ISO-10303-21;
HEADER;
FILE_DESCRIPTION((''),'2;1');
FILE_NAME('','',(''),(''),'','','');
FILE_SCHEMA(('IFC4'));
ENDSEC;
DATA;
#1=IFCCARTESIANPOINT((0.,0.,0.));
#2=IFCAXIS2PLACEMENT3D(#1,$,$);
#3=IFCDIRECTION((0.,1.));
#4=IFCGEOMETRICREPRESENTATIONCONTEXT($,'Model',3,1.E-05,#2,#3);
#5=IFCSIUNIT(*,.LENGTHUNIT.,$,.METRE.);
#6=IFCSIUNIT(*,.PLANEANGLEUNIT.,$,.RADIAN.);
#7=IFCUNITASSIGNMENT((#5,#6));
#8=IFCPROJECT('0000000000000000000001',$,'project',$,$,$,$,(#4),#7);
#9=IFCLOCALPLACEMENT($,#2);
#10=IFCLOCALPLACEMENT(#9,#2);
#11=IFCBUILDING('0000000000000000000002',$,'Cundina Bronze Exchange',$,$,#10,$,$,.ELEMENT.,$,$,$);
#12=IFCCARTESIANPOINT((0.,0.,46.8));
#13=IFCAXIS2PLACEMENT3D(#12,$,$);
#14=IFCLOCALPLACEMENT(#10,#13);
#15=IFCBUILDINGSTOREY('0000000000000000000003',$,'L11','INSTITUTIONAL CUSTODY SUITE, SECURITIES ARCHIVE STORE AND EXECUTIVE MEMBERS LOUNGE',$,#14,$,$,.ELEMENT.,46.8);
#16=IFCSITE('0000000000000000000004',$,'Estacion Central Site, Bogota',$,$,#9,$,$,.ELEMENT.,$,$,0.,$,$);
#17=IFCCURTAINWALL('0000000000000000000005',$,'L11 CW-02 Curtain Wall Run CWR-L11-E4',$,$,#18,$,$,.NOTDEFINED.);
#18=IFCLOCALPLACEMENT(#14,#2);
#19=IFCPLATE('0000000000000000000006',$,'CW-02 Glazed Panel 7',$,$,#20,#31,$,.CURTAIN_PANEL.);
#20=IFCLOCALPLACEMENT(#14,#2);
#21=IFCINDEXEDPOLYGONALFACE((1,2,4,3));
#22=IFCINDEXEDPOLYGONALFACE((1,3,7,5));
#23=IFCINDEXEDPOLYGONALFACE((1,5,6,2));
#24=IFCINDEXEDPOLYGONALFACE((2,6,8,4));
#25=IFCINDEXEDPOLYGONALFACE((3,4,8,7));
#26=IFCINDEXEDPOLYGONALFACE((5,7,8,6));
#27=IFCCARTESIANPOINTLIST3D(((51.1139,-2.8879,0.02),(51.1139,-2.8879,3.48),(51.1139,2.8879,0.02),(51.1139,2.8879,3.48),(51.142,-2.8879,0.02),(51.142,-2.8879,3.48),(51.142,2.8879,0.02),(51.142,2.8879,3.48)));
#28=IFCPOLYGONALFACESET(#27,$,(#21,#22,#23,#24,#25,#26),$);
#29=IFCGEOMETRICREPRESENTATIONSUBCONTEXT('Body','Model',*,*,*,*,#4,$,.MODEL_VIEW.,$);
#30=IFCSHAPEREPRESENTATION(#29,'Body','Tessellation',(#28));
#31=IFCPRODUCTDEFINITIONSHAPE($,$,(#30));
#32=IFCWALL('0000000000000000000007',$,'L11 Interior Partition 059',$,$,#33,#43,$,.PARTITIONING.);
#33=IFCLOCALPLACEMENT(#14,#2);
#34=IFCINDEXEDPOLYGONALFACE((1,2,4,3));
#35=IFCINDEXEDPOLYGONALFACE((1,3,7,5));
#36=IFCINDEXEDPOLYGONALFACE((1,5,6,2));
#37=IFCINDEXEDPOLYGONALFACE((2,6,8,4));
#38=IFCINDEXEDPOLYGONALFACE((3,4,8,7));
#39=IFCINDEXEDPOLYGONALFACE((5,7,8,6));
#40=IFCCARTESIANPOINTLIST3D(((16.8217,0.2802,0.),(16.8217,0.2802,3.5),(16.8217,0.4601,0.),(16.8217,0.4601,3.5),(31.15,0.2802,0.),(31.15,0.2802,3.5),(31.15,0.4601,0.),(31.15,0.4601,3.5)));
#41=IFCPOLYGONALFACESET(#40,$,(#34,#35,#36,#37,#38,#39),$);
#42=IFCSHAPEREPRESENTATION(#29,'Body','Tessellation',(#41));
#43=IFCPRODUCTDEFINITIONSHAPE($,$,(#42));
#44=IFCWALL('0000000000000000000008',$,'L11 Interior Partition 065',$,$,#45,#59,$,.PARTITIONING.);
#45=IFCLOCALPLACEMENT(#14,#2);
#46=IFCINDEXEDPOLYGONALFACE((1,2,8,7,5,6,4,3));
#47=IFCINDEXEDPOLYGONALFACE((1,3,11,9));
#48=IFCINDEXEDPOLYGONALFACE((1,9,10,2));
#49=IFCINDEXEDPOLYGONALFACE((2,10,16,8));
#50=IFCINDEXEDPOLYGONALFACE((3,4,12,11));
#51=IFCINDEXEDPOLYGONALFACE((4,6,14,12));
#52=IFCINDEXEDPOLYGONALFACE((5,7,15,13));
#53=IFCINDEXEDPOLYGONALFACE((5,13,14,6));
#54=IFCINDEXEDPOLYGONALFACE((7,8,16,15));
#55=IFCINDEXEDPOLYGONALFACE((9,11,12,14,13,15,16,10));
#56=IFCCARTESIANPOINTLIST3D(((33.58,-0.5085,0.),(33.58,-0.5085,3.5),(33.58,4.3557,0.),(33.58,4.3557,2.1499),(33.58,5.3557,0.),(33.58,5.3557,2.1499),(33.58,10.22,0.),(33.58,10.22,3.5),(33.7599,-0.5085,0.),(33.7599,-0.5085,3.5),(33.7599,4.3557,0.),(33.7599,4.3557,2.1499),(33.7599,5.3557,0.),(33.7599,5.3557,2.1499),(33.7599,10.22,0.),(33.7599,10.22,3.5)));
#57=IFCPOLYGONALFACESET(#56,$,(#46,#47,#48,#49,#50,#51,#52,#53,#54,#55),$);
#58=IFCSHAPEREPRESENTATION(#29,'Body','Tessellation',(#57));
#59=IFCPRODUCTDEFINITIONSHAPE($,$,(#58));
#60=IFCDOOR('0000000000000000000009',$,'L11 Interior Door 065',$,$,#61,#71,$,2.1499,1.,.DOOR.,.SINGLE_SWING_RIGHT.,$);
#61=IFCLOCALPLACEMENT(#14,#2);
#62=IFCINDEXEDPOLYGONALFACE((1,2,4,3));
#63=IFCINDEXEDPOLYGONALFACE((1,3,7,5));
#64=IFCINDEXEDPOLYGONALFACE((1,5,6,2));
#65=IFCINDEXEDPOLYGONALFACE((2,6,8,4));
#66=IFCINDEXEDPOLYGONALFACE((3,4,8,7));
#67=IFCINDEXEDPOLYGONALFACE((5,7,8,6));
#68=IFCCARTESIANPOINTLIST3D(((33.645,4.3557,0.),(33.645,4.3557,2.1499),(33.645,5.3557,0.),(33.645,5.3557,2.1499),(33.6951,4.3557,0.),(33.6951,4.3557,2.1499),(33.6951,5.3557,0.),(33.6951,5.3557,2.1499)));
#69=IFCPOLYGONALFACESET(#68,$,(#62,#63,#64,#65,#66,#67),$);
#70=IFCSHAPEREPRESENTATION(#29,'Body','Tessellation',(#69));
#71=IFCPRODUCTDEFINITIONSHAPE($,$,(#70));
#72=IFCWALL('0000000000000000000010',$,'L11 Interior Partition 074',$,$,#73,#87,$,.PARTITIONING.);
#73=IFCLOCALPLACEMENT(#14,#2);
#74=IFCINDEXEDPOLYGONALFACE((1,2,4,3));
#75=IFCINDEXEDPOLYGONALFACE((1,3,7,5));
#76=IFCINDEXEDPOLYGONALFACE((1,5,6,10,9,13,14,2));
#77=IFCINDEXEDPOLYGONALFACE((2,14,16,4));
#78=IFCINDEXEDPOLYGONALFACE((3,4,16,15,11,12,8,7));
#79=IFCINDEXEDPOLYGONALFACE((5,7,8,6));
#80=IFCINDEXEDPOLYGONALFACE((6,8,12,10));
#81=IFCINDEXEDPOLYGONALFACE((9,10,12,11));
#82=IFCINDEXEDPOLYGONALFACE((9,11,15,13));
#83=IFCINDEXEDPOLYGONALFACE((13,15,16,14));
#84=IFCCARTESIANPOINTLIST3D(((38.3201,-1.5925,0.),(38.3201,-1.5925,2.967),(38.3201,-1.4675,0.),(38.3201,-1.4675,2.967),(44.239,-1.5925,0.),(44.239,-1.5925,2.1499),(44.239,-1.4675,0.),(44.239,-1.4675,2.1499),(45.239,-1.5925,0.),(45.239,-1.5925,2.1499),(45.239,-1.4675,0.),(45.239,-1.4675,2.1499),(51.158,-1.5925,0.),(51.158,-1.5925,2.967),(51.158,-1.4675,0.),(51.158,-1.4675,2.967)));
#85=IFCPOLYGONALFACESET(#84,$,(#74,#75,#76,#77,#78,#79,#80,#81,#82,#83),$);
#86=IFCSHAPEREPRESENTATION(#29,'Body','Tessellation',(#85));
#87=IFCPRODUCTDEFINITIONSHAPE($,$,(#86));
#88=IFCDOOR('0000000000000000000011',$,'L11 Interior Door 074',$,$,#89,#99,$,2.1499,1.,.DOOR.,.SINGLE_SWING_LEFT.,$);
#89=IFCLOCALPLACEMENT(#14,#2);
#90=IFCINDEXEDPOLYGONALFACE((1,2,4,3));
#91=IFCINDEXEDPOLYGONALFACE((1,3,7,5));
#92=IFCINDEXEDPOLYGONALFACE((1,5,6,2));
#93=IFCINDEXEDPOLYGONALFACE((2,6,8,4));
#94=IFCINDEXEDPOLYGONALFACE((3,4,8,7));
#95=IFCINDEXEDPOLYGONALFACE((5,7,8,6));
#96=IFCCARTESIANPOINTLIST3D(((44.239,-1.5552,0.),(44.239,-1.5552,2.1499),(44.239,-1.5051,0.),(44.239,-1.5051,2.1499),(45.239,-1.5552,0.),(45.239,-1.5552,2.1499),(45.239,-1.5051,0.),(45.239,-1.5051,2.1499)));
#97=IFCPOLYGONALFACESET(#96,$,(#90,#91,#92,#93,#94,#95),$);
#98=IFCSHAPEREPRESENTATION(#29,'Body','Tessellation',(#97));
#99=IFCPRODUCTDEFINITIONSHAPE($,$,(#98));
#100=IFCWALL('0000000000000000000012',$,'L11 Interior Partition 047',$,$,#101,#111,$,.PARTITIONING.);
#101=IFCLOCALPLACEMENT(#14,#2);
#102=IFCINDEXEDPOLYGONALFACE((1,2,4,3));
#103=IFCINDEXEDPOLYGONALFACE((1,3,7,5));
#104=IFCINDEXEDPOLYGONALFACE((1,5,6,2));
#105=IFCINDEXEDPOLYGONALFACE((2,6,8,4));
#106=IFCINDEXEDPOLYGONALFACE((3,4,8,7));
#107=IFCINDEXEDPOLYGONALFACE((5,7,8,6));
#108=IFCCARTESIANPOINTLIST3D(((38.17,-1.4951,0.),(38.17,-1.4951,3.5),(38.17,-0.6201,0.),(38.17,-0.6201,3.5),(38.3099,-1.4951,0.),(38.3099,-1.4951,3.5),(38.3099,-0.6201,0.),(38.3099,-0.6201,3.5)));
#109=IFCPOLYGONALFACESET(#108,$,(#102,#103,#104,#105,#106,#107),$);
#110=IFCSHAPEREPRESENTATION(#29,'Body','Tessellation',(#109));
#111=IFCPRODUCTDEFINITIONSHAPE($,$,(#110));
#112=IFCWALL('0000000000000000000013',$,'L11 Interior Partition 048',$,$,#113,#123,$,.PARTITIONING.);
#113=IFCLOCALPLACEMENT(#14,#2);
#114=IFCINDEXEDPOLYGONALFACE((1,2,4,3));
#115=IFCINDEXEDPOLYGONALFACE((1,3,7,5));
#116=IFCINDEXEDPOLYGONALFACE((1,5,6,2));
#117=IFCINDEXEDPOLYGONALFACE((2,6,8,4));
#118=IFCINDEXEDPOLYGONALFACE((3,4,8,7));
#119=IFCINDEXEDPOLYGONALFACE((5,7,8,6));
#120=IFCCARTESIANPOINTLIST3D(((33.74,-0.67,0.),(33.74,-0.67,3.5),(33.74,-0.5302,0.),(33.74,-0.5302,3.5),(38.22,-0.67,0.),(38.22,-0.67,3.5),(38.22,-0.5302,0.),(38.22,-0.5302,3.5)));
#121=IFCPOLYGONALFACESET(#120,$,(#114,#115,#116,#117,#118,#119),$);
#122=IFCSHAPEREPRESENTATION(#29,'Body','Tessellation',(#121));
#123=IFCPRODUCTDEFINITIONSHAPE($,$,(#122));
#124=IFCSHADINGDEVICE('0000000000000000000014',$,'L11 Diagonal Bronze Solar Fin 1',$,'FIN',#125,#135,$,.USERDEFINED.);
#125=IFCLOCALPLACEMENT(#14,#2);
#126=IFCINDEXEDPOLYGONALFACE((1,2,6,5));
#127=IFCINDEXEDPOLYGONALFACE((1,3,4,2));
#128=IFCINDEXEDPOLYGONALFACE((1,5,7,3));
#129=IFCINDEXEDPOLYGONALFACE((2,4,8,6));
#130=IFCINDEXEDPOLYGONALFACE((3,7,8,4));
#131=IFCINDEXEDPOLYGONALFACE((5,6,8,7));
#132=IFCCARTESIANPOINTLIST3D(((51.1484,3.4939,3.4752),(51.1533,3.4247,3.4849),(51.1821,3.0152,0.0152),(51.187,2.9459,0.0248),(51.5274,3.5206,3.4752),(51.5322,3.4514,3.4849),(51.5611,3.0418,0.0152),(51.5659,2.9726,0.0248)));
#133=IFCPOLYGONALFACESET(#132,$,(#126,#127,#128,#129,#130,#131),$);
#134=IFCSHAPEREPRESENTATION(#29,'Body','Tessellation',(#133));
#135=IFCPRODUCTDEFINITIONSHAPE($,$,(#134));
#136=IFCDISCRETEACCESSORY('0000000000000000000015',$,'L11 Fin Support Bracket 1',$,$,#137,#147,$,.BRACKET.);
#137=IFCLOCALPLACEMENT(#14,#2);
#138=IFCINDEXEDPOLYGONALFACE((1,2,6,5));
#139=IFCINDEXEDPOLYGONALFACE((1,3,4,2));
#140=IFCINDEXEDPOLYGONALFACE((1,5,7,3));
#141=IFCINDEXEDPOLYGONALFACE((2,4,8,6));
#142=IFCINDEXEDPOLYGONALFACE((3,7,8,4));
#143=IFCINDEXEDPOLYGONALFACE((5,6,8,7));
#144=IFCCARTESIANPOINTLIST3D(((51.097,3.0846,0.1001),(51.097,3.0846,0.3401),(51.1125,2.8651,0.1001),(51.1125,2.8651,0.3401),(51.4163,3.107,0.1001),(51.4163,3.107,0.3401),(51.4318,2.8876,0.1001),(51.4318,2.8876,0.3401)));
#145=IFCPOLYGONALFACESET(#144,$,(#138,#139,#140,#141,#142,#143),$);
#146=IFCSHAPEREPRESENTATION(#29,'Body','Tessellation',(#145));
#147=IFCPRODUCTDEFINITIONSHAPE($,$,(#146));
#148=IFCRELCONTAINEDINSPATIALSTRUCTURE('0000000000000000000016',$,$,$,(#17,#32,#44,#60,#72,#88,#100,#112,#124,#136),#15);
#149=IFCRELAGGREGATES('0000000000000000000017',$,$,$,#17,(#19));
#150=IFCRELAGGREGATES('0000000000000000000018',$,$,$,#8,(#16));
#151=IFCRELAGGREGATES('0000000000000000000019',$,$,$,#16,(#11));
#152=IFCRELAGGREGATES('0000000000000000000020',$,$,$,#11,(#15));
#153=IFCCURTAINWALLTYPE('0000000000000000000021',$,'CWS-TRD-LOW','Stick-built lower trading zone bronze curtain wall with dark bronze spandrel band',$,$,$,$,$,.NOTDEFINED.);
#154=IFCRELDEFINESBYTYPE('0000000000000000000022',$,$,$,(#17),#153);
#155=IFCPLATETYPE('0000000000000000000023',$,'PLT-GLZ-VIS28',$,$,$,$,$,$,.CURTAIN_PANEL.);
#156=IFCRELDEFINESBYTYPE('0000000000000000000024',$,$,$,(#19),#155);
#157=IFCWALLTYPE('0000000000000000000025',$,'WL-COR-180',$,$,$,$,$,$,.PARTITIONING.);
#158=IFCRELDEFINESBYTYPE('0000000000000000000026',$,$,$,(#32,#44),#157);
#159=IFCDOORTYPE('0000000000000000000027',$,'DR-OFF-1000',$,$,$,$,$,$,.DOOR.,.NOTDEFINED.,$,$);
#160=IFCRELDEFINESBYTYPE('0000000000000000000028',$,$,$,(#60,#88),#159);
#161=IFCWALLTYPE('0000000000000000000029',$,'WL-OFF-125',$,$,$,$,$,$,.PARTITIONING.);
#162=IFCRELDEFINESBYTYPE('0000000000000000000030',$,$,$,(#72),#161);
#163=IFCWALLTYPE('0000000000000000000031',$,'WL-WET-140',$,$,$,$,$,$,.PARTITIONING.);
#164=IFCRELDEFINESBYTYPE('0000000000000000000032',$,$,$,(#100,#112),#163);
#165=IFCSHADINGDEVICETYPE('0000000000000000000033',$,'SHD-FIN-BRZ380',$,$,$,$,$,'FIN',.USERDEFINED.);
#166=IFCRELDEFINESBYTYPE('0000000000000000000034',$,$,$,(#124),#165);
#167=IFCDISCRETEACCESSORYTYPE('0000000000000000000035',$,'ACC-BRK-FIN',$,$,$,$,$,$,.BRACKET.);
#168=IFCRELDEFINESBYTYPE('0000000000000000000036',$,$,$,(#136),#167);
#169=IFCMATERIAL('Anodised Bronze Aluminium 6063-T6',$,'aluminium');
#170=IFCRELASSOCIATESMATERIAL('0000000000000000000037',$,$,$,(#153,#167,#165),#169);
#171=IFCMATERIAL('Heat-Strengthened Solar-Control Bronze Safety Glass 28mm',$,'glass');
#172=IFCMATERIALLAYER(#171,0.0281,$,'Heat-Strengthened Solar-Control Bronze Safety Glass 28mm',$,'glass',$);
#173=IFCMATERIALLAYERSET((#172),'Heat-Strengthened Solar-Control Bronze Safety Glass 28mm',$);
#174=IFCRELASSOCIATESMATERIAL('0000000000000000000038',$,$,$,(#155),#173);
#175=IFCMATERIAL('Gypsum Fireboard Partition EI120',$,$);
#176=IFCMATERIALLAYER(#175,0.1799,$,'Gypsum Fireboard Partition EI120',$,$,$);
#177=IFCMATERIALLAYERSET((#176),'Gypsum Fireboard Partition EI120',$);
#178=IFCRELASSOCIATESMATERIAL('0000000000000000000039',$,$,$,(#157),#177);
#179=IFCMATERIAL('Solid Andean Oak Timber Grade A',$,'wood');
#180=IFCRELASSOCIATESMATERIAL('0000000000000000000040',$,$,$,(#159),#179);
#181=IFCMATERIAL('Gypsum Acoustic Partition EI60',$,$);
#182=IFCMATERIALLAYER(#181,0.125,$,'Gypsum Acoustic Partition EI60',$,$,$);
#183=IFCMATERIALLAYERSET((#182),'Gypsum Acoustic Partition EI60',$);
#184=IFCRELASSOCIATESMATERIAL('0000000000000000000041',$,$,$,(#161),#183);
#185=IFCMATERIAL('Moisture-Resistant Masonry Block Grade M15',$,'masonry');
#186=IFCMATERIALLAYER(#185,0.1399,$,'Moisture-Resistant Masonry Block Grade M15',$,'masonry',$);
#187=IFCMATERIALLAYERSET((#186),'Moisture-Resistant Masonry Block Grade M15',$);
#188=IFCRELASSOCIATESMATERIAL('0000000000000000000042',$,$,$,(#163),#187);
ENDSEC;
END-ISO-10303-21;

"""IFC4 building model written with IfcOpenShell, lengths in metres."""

from ifc_helpers import new_model, si_unit, direction, frame, frame_2d, origin, origin_2d, place, context, subcontext, project, spatial, rectangle, extrude, material, layer, layer_set, material_profile, profile_set, type_object, element, fill, aggregate, save


model = new_model("IFC4")

# Units and contexts
model_context = context("Model", 3, precision=1e-05, world=origin(), true_north=direction((0.0, 1.0)))
body_context = subcontext(model_context, "Body", "Model", "MODEL_VIEW")
ifc_project = project(units=[si_unit("LENGTHUNIT", "METRE"), si_unit("PLANEANGLEUNIT", "RADIAN")], contexts=[model_context])

# Site, building, storey
site_placement = place(None, origin())
site = spatial("IfcSite", under=ifc_project, at=site_placement, Name="Estacion Central Site, Bogota", CompositionType="ELEMENT", RefElevation=0.0)
building_placement = place(site_placement, origin())
building = spatial("IfcBuilding", under=site, at=building_placement, Name="Cundina Bronze Exchange", CompositionType="ELEMENT")
storey_placement = place(building_placement, frame((0.0, 0.0, 46.8)))
storey = spatial("IfcBuildingStorey", under=building, at=storey_placement, Name="L11", Description="INSTITUTIONAL CUSTODY SUITE, SECURITIES ARCHIVE STORE AND EXECUTIVE MEMBERS LOUNGE", CompositionType="ELEMENT", Elevation=46.8)

# Curtain wall
ifc_material_1 = material(Name="Anodised Bronze Aluminium 6063-T6", Category="aluminium")
curtain_wall_type = type_object("IfcCurtainWallType", Name="CWS-TRD-LOW", Description="Stick-built lower trading zone bronze curtain wall with dark bronze spandrel band", PredefinedType="NOTDEFINED", material=ifc_material_1)
curtain_wall_1_placement = place(storey_placement, origin())
curtain_wall_1 = element("IfcCurtainWall", 1, at=curtain_wall_1_placement, inside=storey, type_object=curtain_wall_type, Name="L11 CW-02 Curtain Wall Run CWR-L11-E4", PredefinedType="NOTDEFINED")

# Plate
ifc_material_2 = material(Name="Heat-Strengthened Solar-Control Bronze Safety Glass 28mm", Category="glass")
ifc_layer_1 = layer(ifc_material_2, 0.0281, Name="Heat-Strengthened Solar-Control Bronze Safety Glass 28mm", Category="glass")
ifc_layer_set_1 = layer_set([ifc_layer_1], Name="Heat-Strengthened Solar-Control Bronze Safety Glass 28mm")
plate_type = type_object("IfcPlateType", Name="PLT-GLZ-VIS28", PredefinedType="CURTAIN_PANEL", material=ifc_layer_set_1)
plate_1_placement = place(storey_placement, frame((51.1279, 0.0, 0.02), z_axis=(0.0, 0.0, 1.0), x_axis=(0.0, 1.0, 0.0)))
plate_1 = element("IfcPlate", 2, at=plate_1_placement, type_object=plate_type, Name="CW-02 Glazed Panel 7", PredefinedType="CURTAIN_PANEL", context=body_context, shape_type="SweptSolid", body=[
    extrude(rectangle(XDim=5.7759, YDim=0.0281, at=origin_2d()), origin(), (0.0, 0.0, 1.0), 3.46),
])
aggregate(curtain_wall_1, [plate_1])

# Wall
ifc_material_3 = material(Name="Gypsum Fireboard Partition EI120")
ifc_layer_2 = layer(ifc_material_3, 0.1799, Name="Gypsum Fireboard Partition EI120")
ifc_layer_set_2 = layer_set([ifc_layer_2], Name="Gypsum Fireboard Partition EI120")
wall_type_1 = type_object("IfcWallType", Name="WL-COR-180", PredefinedType="PARTITIONING", material=ifc_layer_set_2)
wall_1_placement = place(storey_placement, frame((31.1499, 0.3701, 0.0), z_axis=(0.0, 0.0, 1.0), x_axis=(-1.0, 0.0, 0.0)))
element("IfcWall", 3, at=wall_1_placement, inside=storey, type_object=wall_type_1, Name="L11 Interior Partition 059", PredefinedType="PARTITIONING", context=body_context, shape_type="SweptSolid", body=[
    extrude(rectangle(XDim=14.3284, YDim=0.1799, at=frame_2d((7.1641, 0.0))), origin(), (0.0, 0.0, 1.0), 3.5),
])

# Walls, openings, doors
wall_2_placement = place(storey_placement, frame((33.6699, -0.5085, 0.0), z_axis=(0.0, 0.0, 1.0), x_axis=(0.0, 1.0, 0.0)))
wall_2 = element("IfcWall", 4, at=wall_2_placement, inside=storey, type_object=wall_type_1, Name="L11 Interior Partition 065", PredefinedType="PARTITIONING", context=body_context, shape_type="SweptSolid", body=[
    extrude(rectangle(XDim=10.7285, YDim=0.1799, at=frame_2d((5.3643, 0.0))), origin(), (0.0, 0.0, 1.0), 3.5),
])
opening_1_placement = place(wall_2_placement, frame((4.8643, 0.0, 0.0)))
opening_1 = element("IfcOpeningElement", 5, at=opening_1_placement, cuts=wall_2, PredefinedType="OPENING", context=body_context, shape_type="SweptSolid", body=[
    extrude(rectangle(XDim=1.0, YDim=2.1499, at=frame_2d((0.5, 1.075))), frame((0.0, 0.0999, 0.0), z_axis=(0.0, -1.0, 0.0), x_axis=(1.0, 0.0, 0.0)), (0.0, 0.0, 1.0), 0.2),
])
ifc_material_4 = material(Name="Solid Andean Oak Timber Grade A", Category="wood")
door_type = type_object("IfcDoorType", Name="DR-OFF-1000", OperationType="NOTDEFINED", PredefinedType="DOOR", material=ifc_material_4)
door_1_placement = place(opening_1_placement, origin())
door_1 = element("IfcDoor", 6, at=door_1_placement, inside=storey, type_object=door_type, Name="L11 Interior Door 065", OperationType="SINGLE_SWING_RIGHT", OverallHeight=2.1499, OverallWidth=1.0, PredefinedType="DOOR", context=body_context, shape_type="SweptSolid", body=[
    extrude(rectangle(XDim=1.0, YDim=2.1499, at=frame_2d((0.5, 1.075))), frame((0.0, 0.0249, 0.0), z_axis=(0.0, -1.0, 0.0), x_axis=(1.0, 0.0, 0.0)), (0.0, 0.0, 1.0), 0.05),
])
fill(opening_1, door_1)
ifc_material_5 = material(Name="Gypsum Acoustic Partition EI60")
ifc_layer_3 = layer(ifc_material_5, 0.125, Name="Gypsum Acoustic Partition EI60")
ifc_layer_set_3 = layer_set([ifc_layer_3], Name="Gypsum Acoustic Partition EI60")
wall_type_2 = type_object("IfcWallType", Name="WL-OFF-125", PredefinedType="PARTITIONING", material=ifc_layer_set_3)
wall_3_placement = place(storey_placement, frame((38.3201, -1.53, 0.0), z_axis=(0.0, 0.0, 1.0), x_axis=(1.0, 0.0, 0.0)))
wall_3 = element("IfcWall", 7, at=wall_3_placement, inside=storey, type_object=wall_type_2, Name="L11 Interior Partition 074", PredefinedType="PARTITIONING", context=body_context, shape_type="SweptSolid", body=[
    extrude(rectangle(XDim=12.8379, YDim=0.125, at=frame_2d((6.4189, 0.0))), origin(), (0.0, 0.0, 1.0), 2.967),
])
opening_2_placement = place(wall_3_placement, frame((5.9189, 0.0, 0.0)))
opening_2 = element("IfcOpeningElement", 8, at=opening_2_placement, cuts=wall_3, PredefinedType="OPENING", context=body_context, shape_type="SweptSolid", body=[
    extrude(rectangle(XDim=1.0, YDim=2.1499, at=frame_2d((0.5, 1.075))), frame((0.0, 0.0725, 0.0), z_axis=(0.0, -1.0, 0.0), x_axis=(1.0, 0.0, 0.0)), (0.0, 0.0, 1.0), 0.145),
])
door_2_placement = place(opening_2_placement, origin())
door_2 = element("IfcDoor", 9, at=door_2_placement, inside=storey, type_object=door_type, Name="L11 Interior Door 074", OperationType="SINGLE_SWING_LEFT", OverallHeight=2.1499, OverallWidth=1.0, PredefinedType="DOOR", context=body_context, shape_type="SweptSolid", body=[
    extrude(rectangle(XDim=1.0, YDim=2.1499, at=frame_2d((0.5, 1.075))), frame((0.0, 0.0249, 0.0), z_axis=(0.0, -1.0, 0.0), x_axis=(1.0, 0.0, 0.0)), (0.0, 0.0, 1.0), 0.05),
])
fill(opening_2, door_2)

# Walls
ifc_material_6 = material(Name="Moisture-Resistant Masonry Block Grade M15", Category="masonry")
ifc_layer_4 = layer(ifc_material_6, 0.1399, Name="Moisture-Resistant Masonry Block Grade M15", Category="masonry")
ifc_layer_set_4 = layer_set([ifc_layer_4], Name="Moisture-Resistant Masonry Block Grade M15")
wall_type_3 = type_object("IfcWallType", Name="WL-WET-140", PredefinedType="PARTITIONING", material=ifc_layer_set_4)
wall_4_placement = place(storey_placement, frame((38.24, -1.4951, 0.0), z_axis=(0.0, 0.0, 1.0), x_axis=(0.0, 1.0, 0.0)))
element("IfcWall", 10, at=wall_4_placement, inside=storey, type_object=wall_type_3, Name="L11 Interior Partition 047", PredefinedType="PARTITIONING", context=body_context, shape_type="SweptSolid", body=[
    extrude(rectangle(XDim=0.875, YDim=0.1399, at=frame_2d((0.4375, 0.0))), origin(), (0.0, 0.0, 1.0), 3.5),
])
wall_5_placement = place(storey_placement, frame((33.74, -0.6001, 0.0), z_axis=(0.0, 0.0, 1.0), x_axis=(1.0, 0.0, 0.0)))
element("IfcWall", 11, at=wall_5_placement, inside=storey, type_object=wall_type_3, Name="L11 Interior Partition 048", PredefinedType="PARTITIONING", context=body_context, shape_type="SweptSolid", body=[
    extrude(rectangle(XDim=4.48, YDim=0.1399, at=frame_2d((2.24, 0.0))), origin(), (0.0, 0.0, 1.0), 3.5),
])

# Shading device
ifc_material_profile_1 = material_profile(ifc_material_1, rectangle(XDim=0.0701, YDim=0.3799, at=origin_2d()), Name="FIN70X380", Category="aluminium")
ifc_profile_set_1 = profile_set([ifc_material_profile_1], Name="Anodised Bronze Aluminium 6063-T6")
shading_device_type = type_object("IfcShadingDeviceType", Name="SHD-FIN-BRZ380", ElementType="FIN", PredefinedType="USERDEFINED", material=ifc_profile_set_1)
shading_device_placement = place(storey_placement, frame((51.374, 2.9939, 0.02), z_axis=(-0.009645, 0.137059, 0.990516), x_axis=(0.069533, -0.988072, 0.137398)))
element("IfcShadingDevice", 12, at=shading_device_placement, inside=storey, type_object=shading_device_type, Name="L11 Diagonal Bronze Solar Fin 1", ObjectType="FIN", PredefinedType="USERDEFINED", context=body_context, shape_type="SweptSolid", body=[
    extrude(rectangle(XDim=0.0701, YDim=0.3799, at=origin_2d()), origin(), (0.0, 0.0, 1.0), 3.4932),
])

# Discrete accessory
discrete_accessory_type = type_object("IfcDiscreteAccessoryType", Name="ACC-BRK-FIN", PredefinedType="BRACKET", material=ifc_material_1)
discrete_accessory_placement = place(storey_placement, frame((51.2644, 2.9861, 0.1001), z_axis=(0.0, 0.0, 1.0), x_axis=(-0.070279, 0.997527, 0.0)))
element("IfcDiscreteAccessory", 13, at=discrete_accessory_placement, inside=storey, type_object=discrete_accessory_type, Name="L11 Fin Support Bracket 1", PredefinedType="BRACKET", context=body_context, shape_type="SweptSolid", body=[
    extrude(rectangle(XDim=0.22, YDim=0.3201, at=origin_2d()), origin(), (0.0, 0.0, 1.0), 0.24),
])

save(model, "model.ifc")
